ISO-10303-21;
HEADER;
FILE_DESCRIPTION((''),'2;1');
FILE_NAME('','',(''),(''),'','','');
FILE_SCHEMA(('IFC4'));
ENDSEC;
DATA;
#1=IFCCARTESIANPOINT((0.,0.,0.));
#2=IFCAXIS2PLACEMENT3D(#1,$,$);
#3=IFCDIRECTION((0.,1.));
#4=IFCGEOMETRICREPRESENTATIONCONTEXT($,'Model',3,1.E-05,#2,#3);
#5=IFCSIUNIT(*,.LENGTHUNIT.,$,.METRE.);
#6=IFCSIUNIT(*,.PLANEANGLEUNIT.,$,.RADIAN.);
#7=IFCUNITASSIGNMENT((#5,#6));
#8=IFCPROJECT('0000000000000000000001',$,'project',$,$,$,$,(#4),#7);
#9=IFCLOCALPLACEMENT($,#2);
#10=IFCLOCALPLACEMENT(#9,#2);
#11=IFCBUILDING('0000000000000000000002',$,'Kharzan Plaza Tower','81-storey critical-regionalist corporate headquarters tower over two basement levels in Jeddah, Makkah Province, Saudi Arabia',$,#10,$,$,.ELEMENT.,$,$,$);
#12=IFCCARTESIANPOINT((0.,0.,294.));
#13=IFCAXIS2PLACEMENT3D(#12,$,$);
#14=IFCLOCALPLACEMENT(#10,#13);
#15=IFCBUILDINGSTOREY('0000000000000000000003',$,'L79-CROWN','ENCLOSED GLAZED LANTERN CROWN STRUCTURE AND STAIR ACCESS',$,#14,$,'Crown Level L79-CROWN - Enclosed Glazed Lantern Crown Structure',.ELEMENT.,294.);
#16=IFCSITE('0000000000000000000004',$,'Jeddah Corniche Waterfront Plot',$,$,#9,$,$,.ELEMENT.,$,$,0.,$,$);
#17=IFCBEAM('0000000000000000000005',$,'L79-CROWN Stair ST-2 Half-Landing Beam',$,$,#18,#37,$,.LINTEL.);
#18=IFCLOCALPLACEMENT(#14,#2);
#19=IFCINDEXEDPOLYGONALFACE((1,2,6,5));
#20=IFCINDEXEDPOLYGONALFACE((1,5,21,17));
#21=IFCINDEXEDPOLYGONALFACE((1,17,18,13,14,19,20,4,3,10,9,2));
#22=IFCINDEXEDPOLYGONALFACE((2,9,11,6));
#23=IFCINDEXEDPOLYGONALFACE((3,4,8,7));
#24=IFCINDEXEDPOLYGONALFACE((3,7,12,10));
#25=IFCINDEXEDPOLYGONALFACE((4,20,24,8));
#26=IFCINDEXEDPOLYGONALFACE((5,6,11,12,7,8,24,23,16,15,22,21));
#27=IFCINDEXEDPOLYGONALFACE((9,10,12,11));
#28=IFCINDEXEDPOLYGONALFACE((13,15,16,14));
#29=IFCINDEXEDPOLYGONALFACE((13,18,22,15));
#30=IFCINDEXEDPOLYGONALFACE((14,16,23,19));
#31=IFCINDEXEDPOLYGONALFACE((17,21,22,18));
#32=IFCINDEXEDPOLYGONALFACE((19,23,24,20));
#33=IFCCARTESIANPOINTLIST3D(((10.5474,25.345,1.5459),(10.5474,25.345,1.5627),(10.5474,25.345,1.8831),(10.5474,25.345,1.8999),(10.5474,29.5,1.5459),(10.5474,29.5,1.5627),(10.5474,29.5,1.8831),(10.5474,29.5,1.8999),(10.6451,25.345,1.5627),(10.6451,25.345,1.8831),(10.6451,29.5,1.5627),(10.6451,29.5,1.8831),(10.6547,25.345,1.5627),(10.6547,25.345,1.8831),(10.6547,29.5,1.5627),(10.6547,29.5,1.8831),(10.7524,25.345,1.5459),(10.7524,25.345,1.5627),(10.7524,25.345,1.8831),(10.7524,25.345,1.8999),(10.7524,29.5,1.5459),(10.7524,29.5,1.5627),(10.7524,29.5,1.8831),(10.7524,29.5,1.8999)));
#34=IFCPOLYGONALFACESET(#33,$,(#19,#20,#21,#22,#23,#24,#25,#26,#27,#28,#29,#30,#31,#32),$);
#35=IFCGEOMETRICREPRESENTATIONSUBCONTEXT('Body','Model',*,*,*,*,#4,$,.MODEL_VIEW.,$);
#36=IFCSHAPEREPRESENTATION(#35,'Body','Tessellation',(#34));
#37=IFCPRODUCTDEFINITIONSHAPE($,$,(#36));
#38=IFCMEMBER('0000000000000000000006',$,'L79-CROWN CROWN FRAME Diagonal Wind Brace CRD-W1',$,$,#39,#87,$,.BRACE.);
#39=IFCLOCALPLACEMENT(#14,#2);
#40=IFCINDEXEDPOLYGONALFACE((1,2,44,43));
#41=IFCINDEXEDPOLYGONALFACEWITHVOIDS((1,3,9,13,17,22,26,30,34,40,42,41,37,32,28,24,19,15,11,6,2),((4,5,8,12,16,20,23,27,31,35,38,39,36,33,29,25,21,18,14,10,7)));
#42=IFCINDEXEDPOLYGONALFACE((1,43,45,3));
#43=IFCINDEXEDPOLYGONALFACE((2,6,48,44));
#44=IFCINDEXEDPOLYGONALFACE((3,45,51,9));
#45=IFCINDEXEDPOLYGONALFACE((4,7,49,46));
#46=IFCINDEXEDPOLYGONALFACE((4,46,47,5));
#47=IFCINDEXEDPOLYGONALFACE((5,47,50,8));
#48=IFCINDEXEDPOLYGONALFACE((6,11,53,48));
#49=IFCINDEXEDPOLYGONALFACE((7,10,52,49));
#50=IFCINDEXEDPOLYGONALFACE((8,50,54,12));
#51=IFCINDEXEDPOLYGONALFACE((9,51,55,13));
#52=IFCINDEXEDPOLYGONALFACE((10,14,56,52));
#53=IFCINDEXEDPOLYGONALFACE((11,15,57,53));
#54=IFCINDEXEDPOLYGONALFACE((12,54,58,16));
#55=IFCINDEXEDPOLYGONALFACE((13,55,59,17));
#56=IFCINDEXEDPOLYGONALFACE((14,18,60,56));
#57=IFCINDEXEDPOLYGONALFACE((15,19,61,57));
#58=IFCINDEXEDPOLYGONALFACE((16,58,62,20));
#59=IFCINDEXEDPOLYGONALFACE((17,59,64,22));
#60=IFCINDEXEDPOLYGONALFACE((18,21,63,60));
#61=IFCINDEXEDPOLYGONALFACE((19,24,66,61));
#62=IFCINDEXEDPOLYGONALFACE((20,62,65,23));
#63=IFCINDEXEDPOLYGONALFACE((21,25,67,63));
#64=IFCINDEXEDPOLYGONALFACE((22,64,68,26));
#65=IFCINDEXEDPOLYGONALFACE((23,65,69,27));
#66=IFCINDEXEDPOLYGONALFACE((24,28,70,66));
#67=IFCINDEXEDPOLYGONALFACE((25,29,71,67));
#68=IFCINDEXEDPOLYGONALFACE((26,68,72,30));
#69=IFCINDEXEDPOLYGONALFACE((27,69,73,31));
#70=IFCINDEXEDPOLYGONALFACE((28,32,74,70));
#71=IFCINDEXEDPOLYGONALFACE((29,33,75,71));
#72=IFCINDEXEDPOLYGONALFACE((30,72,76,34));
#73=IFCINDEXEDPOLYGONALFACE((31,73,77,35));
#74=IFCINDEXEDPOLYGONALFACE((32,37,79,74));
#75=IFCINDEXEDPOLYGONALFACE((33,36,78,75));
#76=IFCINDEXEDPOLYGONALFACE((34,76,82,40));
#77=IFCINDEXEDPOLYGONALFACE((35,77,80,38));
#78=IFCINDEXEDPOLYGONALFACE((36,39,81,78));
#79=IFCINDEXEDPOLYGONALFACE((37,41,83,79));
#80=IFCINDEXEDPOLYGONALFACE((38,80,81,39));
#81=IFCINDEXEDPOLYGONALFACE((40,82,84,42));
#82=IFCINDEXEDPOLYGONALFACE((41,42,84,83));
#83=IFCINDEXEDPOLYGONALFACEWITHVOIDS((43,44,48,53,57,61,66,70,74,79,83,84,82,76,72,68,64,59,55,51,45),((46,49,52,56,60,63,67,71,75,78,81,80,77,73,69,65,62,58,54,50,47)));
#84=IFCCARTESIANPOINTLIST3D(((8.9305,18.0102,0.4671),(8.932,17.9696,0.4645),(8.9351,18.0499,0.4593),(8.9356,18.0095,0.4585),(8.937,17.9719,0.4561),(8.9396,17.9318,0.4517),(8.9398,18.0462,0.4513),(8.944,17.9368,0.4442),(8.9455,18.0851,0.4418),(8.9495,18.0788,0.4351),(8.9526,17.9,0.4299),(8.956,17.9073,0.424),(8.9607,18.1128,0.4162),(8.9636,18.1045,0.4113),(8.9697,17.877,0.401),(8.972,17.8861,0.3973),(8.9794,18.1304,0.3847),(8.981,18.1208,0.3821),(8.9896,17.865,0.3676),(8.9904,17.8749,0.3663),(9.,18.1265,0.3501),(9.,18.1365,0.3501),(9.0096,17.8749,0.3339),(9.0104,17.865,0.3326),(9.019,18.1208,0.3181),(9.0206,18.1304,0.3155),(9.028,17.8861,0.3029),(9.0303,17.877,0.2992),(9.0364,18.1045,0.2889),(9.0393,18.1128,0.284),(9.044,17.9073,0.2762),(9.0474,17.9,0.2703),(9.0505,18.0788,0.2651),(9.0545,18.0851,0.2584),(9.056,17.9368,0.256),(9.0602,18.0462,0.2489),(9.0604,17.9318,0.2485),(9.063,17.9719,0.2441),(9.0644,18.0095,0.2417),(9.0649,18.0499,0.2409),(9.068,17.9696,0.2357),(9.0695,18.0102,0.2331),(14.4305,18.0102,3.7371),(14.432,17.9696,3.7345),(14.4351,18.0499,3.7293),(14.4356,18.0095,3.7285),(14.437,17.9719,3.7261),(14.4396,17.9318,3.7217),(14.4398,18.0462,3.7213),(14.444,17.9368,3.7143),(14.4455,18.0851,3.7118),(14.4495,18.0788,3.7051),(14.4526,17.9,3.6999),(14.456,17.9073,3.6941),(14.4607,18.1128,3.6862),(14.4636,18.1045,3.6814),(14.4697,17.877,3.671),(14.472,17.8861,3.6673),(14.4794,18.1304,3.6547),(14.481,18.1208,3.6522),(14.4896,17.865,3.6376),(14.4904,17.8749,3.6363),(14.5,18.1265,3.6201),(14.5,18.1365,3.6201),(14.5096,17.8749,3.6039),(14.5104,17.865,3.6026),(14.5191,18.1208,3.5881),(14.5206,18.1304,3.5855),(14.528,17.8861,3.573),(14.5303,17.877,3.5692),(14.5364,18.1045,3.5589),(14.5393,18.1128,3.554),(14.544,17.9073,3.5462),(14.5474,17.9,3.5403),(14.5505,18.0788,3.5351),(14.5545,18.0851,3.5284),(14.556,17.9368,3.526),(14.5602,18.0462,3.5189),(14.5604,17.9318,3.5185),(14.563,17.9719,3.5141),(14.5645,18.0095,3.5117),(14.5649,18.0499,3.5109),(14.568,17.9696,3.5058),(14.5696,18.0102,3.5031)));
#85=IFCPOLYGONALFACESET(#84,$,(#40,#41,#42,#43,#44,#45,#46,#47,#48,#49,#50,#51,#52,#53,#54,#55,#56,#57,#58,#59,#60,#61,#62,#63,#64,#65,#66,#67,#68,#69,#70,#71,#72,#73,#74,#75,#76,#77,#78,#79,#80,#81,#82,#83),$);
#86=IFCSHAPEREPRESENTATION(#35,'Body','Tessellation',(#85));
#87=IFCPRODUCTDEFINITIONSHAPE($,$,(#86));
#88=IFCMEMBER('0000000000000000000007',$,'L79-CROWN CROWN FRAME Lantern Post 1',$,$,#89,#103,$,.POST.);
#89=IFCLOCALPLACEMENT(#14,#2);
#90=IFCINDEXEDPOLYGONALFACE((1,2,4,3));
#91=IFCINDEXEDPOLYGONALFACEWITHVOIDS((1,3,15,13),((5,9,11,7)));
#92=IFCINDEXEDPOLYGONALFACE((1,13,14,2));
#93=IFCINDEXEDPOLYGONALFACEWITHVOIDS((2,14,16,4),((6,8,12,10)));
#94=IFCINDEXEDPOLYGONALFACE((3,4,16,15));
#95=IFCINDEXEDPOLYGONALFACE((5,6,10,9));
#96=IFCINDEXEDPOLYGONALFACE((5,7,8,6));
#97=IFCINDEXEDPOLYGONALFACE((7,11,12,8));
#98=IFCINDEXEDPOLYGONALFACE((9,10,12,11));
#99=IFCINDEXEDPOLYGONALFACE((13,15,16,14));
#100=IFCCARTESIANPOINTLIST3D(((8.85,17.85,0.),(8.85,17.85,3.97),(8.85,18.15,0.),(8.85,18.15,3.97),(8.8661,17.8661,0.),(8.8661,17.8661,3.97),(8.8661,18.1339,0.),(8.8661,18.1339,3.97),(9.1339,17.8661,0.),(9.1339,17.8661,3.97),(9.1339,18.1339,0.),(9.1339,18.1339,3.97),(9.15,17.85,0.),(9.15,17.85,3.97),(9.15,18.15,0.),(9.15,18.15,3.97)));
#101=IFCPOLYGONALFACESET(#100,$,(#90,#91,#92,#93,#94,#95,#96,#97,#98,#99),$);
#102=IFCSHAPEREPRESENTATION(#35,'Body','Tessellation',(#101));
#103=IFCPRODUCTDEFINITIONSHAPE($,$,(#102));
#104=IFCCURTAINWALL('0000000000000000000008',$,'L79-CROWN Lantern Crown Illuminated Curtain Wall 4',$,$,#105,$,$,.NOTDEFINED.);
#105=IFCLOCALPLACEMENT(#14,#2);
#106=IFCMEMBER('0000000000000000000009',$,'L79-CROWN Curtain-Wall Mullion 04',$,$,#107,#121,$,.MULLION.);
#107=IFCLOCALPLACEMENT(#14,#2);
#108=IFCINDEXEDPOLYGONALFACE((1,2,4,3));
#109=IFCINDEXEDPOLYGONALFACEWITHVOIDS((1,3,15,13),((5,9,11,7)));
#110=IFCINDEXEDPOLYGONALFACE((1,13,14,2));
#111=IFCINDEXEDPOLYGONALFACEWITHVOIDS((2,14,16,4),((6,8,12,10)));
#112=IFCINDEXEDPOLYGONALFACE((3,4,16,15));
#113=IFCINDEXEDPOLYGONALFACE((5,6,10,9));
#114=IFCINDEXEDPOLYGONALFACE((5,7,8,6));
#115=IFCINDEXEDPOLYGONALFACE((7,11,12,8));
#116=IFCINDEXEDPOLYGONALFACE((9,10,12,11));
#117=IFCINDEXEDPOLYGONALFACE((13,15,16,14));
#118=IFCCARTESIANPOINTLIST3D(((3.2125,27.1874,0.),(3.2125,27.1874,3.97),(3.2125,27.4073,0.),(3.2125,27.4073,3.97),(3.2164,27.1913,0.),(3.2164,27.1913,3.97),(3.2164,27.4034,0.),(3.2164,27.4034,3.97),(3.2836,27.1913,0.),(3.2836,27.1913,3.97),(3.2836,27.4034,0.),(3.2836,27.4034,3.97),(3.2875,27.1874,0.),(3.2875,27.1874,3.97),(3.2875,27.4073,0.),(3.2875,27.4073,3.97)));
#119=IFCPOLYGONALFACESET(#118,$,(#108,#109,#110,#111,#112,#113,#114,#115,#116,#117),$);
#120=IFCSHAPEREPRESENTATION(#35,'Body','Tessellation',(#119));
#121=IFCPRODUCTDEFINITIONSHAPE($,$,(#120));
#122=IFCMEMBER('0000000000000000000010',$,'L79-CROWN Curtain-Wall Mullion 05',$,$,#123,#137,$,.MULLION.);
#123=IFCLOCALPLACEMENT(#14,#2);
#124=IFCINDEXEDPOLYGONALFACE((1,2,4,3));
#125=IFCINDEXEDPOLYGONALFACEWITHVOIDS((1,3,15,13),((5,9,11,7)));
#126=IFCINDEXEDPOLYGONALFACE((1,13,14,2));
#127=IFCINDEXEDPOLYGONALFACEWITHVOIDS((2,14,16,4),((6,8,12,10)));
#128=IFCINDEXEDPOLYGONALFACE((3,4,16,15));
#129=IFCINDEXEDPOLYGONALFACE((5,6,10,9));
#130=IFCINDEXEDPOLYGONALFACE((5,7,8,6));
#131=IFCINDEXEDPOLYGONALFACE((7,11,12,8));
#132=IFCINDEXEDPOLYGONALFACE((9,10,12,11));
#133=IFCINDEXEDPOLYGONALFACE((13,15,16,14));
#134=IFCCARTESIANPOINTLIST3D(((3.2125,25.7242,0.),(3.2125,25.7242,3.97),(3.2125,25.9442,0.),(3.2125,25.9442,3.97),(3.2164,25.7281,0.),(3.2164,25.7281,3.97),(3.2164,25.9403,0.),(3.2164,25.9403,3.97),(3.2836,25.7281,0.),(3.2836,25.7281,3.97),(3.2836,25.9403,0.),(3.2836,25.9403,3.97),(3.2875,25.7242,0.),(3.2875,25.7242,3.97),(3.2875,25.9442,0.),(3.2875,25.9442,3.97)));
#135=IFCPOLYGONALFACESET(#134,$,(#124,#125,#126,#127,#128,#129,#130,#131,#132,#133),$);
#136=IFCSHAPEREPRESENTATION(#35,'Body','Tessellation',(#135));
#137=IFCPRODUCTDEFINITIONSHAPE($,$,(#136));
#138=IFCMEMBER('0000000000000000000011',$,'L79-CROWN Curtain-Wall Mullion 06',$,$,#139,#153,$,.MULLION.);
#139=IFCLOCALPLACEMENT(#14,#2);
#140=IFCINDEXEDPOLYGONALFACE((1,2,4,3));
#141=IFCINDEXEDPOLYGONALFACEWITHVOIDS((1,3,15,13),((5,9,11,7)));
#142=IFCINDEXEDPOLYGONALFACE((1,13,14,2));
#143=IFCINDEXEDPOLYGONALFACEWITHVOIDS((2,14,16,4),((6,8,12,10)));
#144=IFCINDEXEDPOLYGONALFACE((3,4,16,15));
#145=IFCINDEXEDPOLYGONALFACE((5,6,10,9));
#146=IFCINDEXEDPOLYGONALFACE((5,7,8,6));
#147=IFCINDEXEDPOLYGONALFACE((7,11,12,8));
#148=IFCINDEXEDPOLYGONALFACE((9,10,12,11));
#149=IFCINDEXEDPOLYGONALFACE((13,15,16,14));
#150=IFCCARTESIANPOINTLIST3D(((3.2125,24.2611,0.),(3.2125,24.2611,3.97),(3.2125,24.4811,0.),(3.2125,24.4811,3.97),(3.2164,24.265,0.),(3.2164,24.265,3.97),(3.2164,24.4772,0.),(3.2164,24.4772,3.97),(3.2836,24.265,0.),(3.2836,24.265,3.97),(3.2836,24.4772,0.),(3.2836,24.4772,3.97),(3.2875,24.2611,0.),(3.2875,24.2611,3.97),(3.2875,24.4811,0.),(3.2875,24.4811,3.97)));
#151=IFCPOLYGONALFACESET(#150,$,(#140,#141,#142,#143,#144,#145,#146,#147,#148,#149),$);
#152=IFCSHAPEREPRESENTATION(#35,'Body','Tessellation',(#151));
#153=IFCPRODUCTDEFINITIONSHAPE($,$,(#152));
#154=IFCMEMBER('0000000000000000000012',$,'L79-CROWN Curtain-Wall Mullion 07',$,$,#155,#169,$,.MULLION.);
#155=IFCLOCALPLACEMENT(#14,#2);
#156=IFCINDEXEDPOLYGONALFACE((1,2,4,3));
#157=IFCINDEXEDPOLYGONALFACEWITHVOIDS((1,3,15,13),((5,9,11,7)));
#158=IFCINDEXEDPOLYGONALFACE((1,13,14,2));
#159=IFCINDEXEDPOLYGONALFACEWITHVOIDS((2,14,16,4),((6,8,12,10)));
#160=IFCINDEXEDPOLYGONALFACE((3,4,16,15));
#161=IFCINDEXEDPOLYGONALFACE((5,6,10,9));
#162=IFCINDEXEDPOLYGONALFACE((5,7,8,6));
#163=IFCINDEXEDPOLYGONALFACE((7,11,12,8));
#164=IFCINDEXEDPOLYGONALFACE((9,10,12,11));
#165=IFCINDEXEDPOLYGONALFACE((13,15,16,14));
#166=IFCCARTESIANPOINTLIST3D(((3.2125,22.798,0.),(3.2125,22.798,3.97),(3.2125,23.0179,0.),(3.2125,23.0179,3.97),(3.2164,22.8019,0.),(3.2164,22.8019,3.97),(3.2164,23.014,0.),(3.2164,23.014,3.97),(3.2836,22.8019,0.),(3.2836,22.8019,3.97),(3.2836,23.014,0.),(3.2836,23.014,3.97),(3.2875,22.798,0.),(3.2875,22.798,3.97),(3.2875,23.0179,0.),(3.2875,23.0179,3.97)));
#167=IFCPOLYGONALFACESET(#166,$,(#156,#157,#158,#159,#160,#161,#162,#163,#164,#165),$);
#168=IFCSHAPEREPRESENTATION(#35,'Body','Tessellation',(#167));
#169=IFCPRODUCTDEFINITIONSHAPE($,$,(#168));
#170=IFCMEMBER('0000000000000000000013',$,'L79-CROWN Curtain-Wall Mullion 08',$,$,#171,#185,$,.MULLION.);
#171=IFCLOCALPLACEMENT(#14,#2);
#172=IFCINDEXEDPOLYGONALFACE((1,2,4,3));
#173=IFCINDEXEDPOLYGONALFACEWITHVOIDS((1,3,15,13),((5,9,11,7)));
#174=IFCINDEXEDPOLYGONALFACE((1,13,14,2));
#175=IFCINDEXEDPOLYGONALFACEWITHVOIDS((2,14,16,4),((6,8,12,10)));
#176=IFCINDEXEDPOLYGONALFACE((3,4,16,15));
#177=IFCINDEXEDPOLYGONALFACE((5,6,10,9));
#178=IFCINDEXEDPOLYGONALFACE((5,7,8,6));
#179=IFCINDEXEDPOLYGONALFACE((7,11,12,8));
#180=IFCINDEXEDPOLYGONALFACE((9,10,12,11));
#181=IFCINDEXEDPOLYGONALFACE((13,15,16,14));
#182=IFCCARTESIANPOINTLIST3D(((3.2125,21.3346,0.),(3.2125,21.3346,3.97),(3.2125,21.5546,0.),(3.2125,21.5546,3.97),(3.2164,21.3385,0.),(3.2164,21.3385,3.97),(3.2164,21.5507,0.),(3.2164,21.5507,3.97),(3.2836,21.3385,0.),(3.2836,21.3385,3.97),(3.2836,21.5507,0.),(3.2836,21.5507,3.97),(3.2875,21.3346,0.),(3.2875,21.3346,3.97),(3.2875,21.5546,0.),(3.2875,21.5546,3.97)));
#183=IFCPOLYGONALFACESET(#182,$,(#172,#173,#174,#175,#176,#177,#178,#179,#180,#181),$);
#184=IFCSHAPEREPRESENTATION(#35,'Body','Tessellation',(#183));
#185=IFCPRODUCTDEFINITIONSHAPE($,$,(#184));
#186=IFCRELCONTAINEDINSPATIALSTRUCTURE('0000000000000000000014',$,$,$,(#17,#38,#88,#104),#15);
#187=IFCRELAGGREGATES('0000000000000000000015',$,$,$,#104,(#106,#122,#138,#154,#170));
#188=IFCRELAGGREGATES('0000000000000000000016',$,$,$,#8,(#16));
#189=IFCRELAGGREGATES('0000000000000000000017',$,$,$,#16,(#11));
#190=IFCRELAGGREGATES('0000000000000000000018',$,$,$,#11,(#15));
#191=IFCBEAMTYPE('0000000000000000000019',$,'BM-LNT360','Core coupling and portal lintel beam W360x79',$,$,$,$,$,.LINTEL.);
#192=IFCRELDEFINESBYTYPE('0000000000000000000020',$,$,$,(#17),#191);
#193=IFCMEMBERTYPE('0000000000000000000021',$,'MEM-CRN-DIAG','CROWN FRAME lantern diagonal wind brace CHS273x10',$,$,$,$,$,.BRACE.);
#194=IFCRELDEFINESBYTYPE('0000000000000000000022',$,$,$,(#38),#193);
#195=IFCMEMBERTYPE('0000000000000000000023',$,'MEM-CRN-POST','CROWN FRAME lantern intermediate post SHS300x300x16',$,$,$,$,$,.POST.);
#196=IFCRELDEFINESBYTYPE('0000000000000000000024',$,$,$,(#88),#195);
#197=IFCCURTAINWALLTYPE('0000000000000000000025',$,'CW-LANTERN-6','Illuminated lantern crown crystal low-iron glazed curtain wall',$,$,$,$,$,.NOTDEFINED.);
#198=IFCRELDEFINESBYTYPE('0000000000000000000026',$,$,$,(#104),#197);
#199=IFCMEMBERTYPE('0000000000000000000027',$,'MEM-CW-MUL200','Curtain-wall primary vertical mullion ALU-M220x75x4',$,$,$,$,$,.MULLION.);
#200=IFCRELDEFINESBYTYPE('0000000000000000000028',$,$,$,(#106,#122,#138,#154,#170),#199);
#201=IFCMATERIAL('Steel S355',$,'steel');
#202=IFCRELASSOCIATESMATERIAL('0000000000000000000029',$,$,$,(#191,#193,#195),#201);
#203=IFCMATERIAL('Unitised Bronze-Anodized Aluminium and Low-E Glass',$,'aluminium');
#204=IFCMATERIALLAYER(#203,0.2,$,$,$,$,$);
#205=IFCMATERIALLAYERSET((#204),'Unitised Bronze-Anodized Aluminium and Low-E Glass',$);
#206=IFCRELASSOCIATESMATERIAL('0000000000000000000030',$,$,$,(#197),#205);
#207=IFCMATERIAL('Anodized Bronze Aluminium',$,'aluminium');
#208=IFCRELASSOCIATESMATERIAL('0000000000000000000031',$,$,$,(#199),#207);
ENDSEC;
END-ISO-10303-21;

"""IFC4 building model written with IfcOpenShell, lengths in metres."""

from ifc_helpers import new_model, si_unit, direction, frame, origin, origin_2d, place, context, subcontext, project, spatial, hollow_rectangle, hollow_circle, i_section, extrude, source, transform, mapped, material, layer, layer_set, material_profile, profile_set, type_object, element, aggregate, save


model = new_model("IFC4")

# Units and contexts
model_context = context("Model", 3, precision=1e-05, world=origin(), true_north=direction((0.0, 1.0)))
body_context = subcontext(model_context, "Body", "Model", "MODEL_VIEW")
ifc_project = project(units=[si_unit("LENGTHUNIT", "METRE"), si_unit("PLANEANGLEUNIT", "RADIAN")], contexts=[model_context])

# Site, building, storey
site_placement = place(None, origin())
site = spatial("IfcSite", under=ifc_project, at=site_placement, Name="Jeddah Corniche Waterfront Plot", CompositionType="ELEMENT", RefElevation=0.0)
building_placement = place(site_placement, origin())
building = spatial("IfcBuilding", under=site, at=building_placement, Name="Kharzan Plaza Tower", Description="81-storey critical-regionalist corporate headquarters tower over two basement levels in Jeddah, Makkah Province, Saudi Arabia", CompositionType="ELEMENT")
storey_placement = place(building_placement, frame((0.0, 0.0, 294.0)))
storey = spatial("IfcBuildingStorey", under=building, at=storey_placement, Name="L79-CROWN", Description="ENCLOSED GLAZED LANTERN CROWN STRUCTURE AND STAIR ACCESS", LongName="Crown Level L79-CROWN - Enclosed Glazed Lantern Crown Structure", CompositionType="ELEMENT", Elevation=294.0)

# Beam
ifc_material_1 = material(Name="Steel S355", Category="steel")
ifc_material_profile_1 = material_profile(ifc_material_1, i_section(OverallWidth=0.2051, OverallDepth=0.354, WebThickness=0.0095, FlangeThickness=0.0168, at=origin_2d()), Name="W360x79")
ifc_profile_set_1 = profile_set([ifc_material_profile_1], Name="Steel S355")
beam_type = type_object("IfcBeamType", Name="BM-LNT360", Description="Core coupling and portal lintel beam W360x79", PredefinedType="LINTEL", material=ifc_profile_set_1)
shared_shape_1 = source(origin(), body_context, "Body", "SweptSolid", [
    extrude(i_section(OverallWidth=0.2051, OverallDepth=0.354, WebThickness=0.0095, FlangeThickness=0.0168, at=origin_2d()), origin(), (0.0, 0.0, 1.0), 4.155),
])
beam_placement = place(storey_placement, frame((10.6499, 25.345, 1.7229), z_axis=(0.0, 1.0, 0.0), x_axis=(-1.0, 0.0, 0.0)))
element("IfcBeam", 1, at=beam_placement, inside=storey, type_object=beam_type, Name="L79-CROWN Stair ST-2 Half-Landing Beam", PredefinedType="LINTEL", context=body_context, shape_type="MappedRepresentation", body=[
    mapped(shared_shape_1, transform((0.0, 0.0, 0.0), x_axis=(1.0, 0.0, 0.0), y_axis=(0.0, 1.0, 0.0), z_axis=(0.0, 0.0, 1.0))),
])

# Members
ifc_material_profile_2 = material_profile(ifc_material_1, hollow_circle(Radius=0.1365, WallThickness=0.01, at=origin_2d()), Name="CHS273x10")
ifc_profile_set_2 = profile_set([ifc_material_profile_2], Name="Steel S355")
member_type_1 = type_object("IfcMemberType", Name="MEM-CRN-DIAG", Description="CROWN FRAME lantern diagonal wind brace CHS273x10", PredefinedType="BRACE", material=ifc_profile_set_2)
shared_shape_2 = source(origin(), body_context, "Body", "SweptSolid", [
    extrude(hollow_circle(Radius=0.1365, WallThickness=0.01, at=origin_2d()), origin(), (0.0, 0.0, 1.0), 6.3987),
])
member_1_placement = place(storey_placement, frame((9.0, 18.0, 0.3501), z_axis=(0.859553, 0.0, 0.511046), x_axis=(0.0, 1.0, 0.0)))
element("IfcMember", 2, at=member_1_placement, inside=storey, type_object=member_type_1, Name="L79-CROWN CROWN FRAME Diagonal Wind Brace CRD-W1", PredefinedType="BRACE", context=body_context, shape_type="MappedRepresentation", body=[
    mapped(shared_shape_2, transform((0.0, 0.0, 0.0), x_axis=(1.0, 0.0, 0.0), y_axis=(0.0, 1.0, 0.0), z_axis=(0.0, 0.0, 1.0))),
])
ifc_material_profile_3 = material_profile(ifc_material_1, hollow_rectangle(XDim=0.3, YDim=0.3, WallThickness=0.0161, at=origin_2d()), Name="SHS300x300x16")
ifc_profile_set_3 = profile_set([ifc_material_profile_3], Name="Steel S355")
member_type_2 = type_object("IfcMemberType", Name="MEM-CRN-POST", Description="CROWN FRAME lantern intermediate post SHS300x300x16", PredefinedType="POST", material=ifc_profile_set_3)
shared_shape_3 = source(origin(), body_context, "Body", "SweptSolid", [
    extrude(hollow_rectangle(XDim=0.3, YDim=0.3, WallThickness=0.0161, at=origin_2d()), origin(), (0.0, 0.0, 1.0), 3.97),
])
member_2_placement = place(storey_placement, frame((9.0, 18.0, 0.0), z_axis=(0.0, 0.0, 1.0), x_axis=(1.0, 0.0, 0.0)))
element("IfcMember", 3, at=member_2_placement, inside=storey, type_object=member_type_2, Name="L79-CROWN CROWN FRAME Lantern Post 1", PredefinedType="POST", context=body_context, shape_type="MappedRepresentation", body=[
    mapped(shared_shape_3, transform((0.0, 0.0, 0.0), x_axis=(1.0, 0.0, 0.0), y_axis=(0.0, 1.0, 0.0), z_axis=(0.0, 0.0, 1.0))),
])

# Curtain wall, members
ifc_material_2 = material(Name="Unitised Bronze-Anodized Aluminium and Low-E Glass", Category="aluminium")
ifc_layer_1 = layer(ifc_material_2, 0.2)
ifc_layer_set_1 = layer_set([ifc_layer_1], Name="Unitised Bronze-Anodized Aluminium and Low-E Glass")
curtain_wall_type = type_object("IfcCurtainWallType", Name="CW-LANTERN-6", Description="Illuminated lantern crown crystal low-iron glazed curtain wall", PredefinedType="NOTDEFINED", material=ifc_layer_set_1)
curtain_wall_placement = place(storey_placement, origin())
curtain_wall = element("IfcCurtainWall", 4, at=curtain_wall_placement, inside=storey, type_object=curtain_wall_type, Name="L79-CROWN Lantern Crown Illuminated Curtain Wall 4", PredefinedType="NOTDEFINED")
ifc_material_3 = material(Name="Anodized Bronze Aluminium", Category="aluminium")
ifc_material_profile_4 = material_profile(ifc_material_3, hollow_rectangle(XDim=0.075, YDim=0.22, WallThickness=0.0039, at=origin_2d()), Name="ALU-M220x75x4")
ifc_profile_set_4 = profile_set([ifc_material_profile_4], Name="Anodized Bronze Aluminium")
member_type_3 = type_object("IfcMemberType", Name="MEM-CW-MUL200", Description="Curtain-wall primary vertical mullion ALU-M220x75x4", PredefinedType="MULLION", material=ifc_profile_set_4)
shared_shape_4 = source(origin(), body_context, "Body", "SweptSolid", [
    extrude(hollow_rectangle(XDim=0.075, YDim=0.22, WallThickness=0.0039, at=origin_2d()), origin(), (0.0, 0.0, 1.0), 3.97),
])
member_3_placement = place(storey_placement, frame((3.25, 27.2974, 0.0), z_axis=(0.0, 0.0, 1.0), x_axis=(1.0, 0.0, 0.0)))
member_3 = element("IfcMember", 5, at=member_3_placement, type_object=member_type_3, Name="L79-CROWN Curtain-Wall Mullion 04", PredefinedType="MULLION", context=body_context, shape_type="MappedRepresentation", body=[
    mapped(shared_shape_4, transform((0.0, 0.0, 0.0), x_axis=(1.0, 0.0, 0.0), y_axis=(0.0, 1.0, 0.0), z_axis=(0.0, 0.0, 1.0))),
])
member_4_placement = place(storey_placement, frame((3.25, 25.8342, 0.0), z_axis=(0.0, 0.0, 1.0), x_axis=(1.0, 0.0, 0.0)))
member_4 = element("IfcMember", 6, at=member_4_placement, type_object=member_type_3, Name="L79-CROWN Curtain-Wall Mullion 05", PredefinedType="MULLION", context=body_context, shape_type="MappedRepresentation", body=[
    mapped(shared_shape_4, transform((0.0, 0.0, 0.0), x_axis=(1.0, 0.0, 0.0), y_axis=(0.0, 1.0, 0.0), z_axis=(0.0, 0.0, 1.0))),
])
member_5_placement = place(storey_placement, frame((3.25, 24.3711, 0.0), z_axis=(0.0, 0.0, 1.0), x_axis=(1.0, 0.0, 0.0)))
member_5 = element("IfcMember", 7, at=member_5_placement, type_object=member_type_3, Name="L79-CROWN Curtain-Wall Mullion 06", PredefinedType="MULLION", context=body_context, shape_type="MappedRepresentation", body=[
    mapped(shared_shape_4, transform((0.0, 0.0, 0.0), x_axis=(1.0, 0.0, 0.0), y_axis=(0.0, 1.0, 0.0), z_axis=(0.0, 0.0, 1.0))),
])
member_6_placement = place(storey_placement, frame((3.25, 22.908, 0.0), z_axis=(0.0, 0.0, 1.0), x_axis=(1.0, 0.0, 0.0)))
member_6 = element("IfcMember", 8, at=member_6_placement, type_object=member_type_3, Name="L79-CROWN Curtain-Wall Mullion 07", PredefinedType="MULLION", context=body_context, shape_type="MappedRepresentation", body=[
    mapped(shared_shape_4, transform((0.0, 0.0, 0.0), x_axis=(1.0, 0.0, 0.0), y_axis=(0.0, 1.0, 0.0), z_axis=(0.0, 0.0, 1.0))),
])
member_7_placement = place(storey_placement, frame((3.25, 21.4446, 0.0), z_axis=(0.0, 0.0, 1.0), x_axis=(1.0, 0.0, 0.0)))
member_7 = element("IfcMember", 9, at=member_7_placement, type_object=member_type_3, Name="L79-CROWN Curtain-Wall Mullion 08", PredefinedType="MULLION", context=body_context, shape_type="MappedRepresentation", body=[
    mapped(shared_shape_4, transform((0.0, 0.0, 0.0), x_axis=(1.0, 0.0, 0.0), y_axis=(0.0, 1.0, 0.0), z_axis=(0.0, 0.0, 1.0))),
])

aggregate(curtain_wall, [member_3, member_4, member_5, member_6, member_7])

save(model, "model.ifc")
